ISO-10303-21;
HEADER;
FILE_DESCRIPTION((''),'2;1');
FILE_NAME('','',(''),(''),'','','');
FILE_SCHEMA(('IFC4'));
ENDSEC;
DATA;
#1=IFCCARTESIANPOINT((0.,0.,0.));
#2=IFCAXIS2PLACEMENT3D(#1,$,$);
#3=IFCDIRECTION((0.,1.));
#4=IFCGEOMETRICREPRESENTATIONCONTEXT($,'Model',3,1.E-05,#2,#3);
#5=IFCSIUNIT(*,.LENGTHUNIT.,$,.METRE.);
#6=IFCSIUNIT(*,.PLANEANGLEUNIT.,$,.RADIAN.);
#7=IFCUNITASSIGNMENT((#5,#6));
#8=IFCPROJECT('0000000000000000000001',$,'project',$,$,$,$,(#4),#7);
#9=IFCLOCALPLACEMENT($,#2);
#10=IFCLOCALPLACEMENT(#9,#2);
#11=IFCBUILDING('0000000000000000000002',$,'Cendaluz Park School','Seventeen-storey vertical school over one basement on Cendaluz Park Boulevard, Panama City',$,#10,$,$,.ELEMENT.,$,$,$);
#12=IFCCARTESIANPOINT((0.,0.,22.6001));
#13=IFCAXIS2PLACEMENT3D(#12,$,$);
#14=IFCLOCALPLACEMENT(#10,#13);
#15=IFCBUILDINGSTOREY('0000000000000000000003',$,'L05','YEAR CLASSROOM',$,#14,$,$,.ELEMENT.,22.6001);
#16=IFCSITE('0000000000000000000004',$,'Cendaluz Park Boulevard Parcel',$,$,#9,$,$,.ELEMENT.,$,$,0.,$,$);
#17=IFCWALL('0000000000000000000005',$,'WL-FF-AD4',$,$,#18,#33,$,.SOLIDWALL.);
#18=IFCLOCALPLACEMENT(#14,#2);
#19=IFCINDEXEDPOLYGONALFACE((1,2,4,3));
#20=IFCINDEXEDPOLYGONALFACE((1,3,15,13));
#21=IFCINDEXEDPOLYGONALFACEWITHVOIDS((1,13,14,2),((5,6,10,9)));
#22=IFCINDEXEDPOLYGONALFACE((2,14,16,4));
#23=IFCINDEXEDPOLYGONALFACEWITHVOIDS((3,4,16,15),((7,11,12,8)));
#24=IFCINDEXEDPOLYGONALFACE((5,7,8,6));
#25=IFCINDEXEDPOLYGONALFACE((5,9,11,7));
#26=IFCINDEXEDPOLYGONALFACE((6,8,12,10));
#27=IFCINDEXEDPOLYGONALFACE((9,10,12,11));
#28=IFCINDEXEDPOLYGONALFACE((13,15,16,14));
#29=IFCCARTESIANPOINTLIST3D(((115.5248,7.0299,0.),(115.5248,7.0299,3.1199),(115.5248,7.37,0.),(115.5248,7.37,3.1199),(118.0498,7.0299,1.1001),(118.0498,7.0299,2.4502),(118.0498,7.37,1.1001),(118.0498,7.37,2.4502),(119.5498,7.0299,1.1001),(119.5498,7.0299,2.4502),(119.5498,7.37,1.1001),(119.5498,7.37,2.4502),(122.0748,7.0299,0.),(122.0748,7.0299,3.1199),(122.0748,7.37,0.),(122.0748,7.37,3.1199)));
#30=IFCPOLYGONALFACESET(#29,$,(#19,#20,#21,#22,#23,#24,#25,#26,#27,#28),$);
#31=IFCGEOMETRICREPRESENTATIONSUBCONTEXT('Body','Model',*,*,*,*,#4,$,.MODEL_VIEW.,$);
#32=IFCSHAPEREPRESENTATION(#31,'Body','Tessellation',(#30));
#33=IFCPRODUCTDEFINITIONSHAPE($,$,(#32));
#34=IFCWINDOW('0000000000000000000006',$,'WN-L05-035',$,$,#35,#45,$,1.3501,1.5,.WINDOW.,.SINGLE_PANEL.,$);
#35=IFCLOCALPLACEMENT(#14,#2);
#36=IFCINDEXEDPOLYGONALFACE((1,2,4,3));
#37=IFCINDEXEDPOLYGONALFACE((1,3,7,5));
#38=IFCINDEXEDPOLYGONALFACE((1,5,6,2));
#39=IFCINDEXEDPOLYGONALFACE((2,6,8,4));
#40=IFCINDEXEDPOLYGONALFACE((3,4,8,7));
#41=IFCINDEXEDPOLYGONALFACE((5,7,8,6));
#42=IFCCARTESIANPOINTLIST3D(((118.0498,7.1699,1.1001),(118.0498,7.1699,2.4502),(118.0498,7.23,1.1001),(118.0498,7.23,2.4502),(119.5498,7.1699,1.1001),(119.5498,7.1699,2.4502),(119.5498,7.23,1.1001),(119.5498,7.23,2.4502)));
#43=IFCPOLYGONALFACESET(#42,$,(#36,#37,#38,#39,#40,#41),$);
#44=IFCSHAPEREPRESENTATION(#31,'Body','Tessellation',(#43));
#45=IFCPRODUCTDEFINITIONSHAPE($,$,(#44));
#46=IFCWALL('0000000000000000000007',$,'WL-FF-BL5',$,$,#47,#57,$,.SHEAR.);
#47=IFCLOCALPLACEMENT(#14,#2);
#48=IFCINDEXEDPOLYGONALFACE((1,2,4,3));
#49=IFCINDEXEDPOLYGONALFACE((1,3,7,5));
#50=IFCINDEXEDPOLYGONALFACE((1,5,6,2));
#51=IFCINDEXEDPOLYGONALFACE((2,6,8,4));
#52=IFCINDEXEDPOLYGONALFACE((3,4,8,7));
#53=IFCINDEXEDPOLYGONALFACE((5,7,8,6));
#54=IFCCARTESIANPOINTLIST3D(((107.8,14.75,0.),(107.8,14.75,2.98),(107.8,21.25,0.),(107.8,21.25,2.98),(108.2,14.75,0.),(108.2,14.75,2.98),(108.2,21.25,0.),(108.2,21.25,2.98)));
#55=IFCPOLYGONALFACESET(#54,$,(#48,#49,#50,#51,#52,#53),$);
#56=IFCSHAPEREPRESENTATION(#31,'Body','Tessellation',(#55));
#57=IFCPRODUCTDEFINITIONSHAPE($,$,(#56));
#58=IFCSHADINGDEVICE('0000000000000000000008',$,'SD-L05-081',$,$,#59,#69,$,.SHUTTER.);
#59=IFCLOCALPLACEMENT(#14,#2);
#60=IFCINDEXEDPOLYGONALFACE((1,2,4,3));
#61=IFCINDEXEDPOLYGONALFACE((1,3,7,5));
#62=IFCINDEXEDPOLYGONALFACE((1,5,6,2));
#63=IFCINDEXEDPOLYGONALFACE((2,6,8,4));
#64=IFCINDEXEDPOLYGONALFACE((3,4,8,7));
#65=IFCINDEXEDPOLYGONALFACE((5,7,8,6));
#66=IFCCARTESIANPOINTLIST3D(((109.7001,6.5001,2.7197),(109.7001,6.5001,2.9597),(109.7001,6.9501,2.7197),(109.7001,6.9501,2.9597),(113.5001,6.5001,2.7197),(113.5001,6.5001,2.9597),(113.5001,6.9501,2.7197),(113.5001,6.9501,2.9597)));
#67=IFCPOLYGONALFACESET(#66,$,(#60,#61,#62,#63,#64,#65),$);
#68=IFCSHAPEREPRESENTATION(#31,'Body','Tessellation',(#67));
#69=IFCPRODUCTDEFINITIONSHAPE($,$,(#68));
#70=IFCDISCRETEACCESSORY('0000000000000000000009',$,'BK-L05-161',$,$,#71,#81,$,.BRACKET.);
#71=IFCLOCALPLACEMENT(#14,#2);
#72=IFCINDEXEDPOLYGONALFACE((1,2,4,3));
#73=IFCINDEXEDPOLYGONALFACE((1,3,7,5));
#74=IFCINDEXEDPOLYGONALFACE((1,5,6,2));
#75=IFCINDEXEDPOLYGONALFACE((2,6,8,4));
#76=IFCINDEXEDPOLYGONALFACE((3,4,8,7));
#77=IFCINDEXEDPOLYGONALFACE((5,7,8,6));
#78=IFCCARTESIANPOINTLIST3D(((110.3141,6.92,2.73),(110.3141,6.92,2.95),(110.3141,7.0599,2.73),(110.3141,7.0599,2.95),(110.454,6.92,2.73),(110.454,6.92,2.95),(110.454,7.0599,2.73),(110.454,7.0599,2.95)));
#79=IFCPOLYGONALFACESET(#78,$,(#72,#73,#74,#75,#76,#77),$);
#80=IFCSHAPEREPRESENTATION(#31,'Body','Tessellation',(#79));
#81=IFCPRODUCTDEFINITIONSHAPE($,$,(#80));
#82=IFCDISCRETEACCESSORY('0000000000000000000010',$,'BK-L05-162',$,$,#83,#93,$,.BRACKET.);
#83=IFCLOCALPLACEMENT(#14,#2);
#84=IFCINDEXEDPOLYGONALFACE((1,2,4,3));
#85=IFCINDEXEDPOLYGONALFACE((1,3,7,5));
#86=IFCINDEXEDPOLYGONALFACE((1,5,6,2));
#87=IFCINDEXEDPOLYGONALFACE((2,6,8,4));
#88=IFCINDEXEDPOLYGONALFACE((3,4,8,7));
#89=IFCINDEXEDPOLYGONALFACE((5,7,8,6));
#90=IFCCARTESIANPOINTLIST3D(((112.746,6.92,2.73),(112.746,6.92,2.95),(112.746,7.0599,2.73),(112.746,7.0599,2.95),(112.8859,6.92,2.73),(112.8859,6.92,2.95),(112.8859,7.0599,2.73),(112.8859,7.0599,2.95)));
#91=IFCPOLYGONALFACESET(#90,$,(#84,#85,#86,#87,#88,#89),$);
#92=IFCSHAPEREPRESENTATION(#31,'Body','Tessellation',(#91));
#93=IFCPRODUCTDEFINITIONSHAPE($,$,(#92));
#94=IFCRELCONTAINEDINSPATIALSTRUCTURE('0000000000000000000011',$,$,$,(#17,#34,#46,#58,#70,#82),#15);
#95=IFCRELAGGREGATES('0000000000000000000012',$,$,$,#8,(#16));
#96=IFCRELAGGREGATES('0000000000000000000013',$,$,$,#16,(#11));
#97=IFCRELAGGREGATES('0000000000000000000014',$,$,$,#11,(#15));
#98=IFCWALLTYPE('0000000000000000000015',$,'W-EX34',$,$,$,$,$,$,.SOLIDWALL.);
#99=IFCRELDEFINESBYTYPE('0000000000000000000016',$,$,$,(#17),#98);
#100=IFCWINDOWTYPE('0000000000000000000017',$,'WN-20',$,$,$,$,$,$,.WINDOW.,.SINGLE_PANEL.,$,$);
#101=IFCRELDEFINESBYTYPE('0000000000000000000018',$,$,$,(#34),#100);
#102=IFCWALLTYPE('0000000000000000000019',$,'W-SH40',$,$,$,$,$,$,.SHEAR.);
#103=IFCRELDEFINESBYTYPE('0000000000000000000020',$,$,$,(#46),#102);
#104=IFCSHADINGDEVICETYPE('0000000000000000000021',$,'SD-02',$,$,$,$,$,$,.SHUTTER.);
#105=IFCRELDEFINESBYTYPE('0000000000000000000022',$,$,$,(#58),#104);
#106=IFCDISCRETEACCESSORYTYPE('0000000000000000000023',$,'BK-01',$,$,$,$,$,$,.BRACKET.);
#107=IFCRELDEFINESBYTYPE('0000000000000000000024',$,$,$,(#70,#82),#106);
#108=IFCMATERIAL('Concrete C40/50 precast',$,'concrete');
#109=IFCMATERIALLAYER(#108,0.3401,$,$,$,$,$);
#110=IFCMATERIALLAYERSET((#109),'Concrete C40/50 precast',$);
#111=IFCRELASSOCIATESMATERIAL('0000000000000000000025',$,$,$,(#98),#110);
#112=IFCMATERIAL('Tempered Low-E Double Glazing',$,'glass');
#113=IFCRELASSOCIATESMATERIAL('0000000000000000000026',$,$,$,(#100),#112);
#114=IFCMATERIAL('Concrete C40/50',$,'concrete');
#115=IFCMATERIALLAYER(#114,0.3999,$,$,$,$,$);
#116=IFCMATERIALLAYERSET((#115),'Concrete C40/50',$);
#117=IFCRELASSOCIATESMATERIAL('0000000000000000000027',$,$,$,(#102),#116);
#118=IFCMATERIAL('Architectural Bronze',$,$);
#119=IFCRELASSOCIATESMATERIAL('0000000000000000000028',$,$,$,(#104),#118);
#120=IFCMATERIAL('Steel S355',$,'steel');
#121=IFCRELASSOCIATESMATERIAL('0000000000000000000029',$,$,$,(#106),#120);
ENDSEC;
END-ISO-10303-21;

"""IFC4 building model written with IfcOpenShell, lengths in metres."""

from ifc_helpers import new_model, si_unit, direction, frame, frame_2d, origin, origin_2d, place, context, subcontext, project, spatial, rectangle, extrude, material, layer, layer_set, type_object, element, fill, save


model = new_model("IFC4")

# Units and contexts
model_context = context("Model", 3, precision=1e-05, world=origin(), true_north=direction((0.0, 1.0)))
body_context = subcontext(model_context, "Body", "Model", "MODEL_VIEW")
ifc_project = project(units=[si_unit("LENGTHUNIT", "METRE"), si_unit("PLANEANGLEUNIT", "RADIAN")], contexts=[model_context])

# Site, building, storey
site_placement = place(None, origin())
site = spatial("IfcSite", under=ifc_project, at=site_placement, Name="Cendaluz Park Boulevard Parcel", CompositionType="ELEMENT", RefElevation=0.0)
building_placement = place(site_placement, origin())
building = spatial("IfcBuilding", under=site, at=building_placement, Name="Cendaluz Park School", Description="Seventeen-storey vertical school over one basement on Cendaluz Park Boulevard, Panama City", CompositionType="ELEMENT")
storey_placement = place(building_placement, frame((0.0, 0.0, 22.6001)))
storey = spatial("IfcBuildingStorey", under=building, at=storey_placement, Name="L05", Description="YEAR CLASSROOM", CompositionType="ELEMENT", Elevation=22.6001)

# Shared definitions
ifc_material_1 = material(Name="Concrete C40/50", Category="concrete")

# Wall, opening, window
ifc_material_2 = material(Name="Concrete C40/50 precast", Category="concrete")
ifc_layer_1 = layer(ifc_material_2, 0.3401)
ifc_layer_set_1 = layer_set([ifc_layer_1], Name="Concrete C40/50 precast")
wall_type_1 = type_object("IfcWallType", Name="W-EX34", PredefinedType="SOLIDWALL", material=ifc_layer_set_1)
ifc_material_3 = material(Name="Tempered Low-E Double Glazing", Category="glass")
wall_1_placement = place(storey_placement, frame((115.5249, 7.2, 0.0), z_axis=(0.0, 0.0, 1.0), x_axis=(1.0, 0.0, 0.0)))
wall_1 = element("IfcWall", 1, at=wall_1_placement, inside=storey, type_object=wall_type_1, Name="WL-FF-AD4", PredefinedType="SOLIDWALL", context=body_context, shape_type="SweptSolid", body=[
    extrude(rectangle(XDim=6.55, YDim=0.3401, at=frame_2d((3.2749, 0.0))), origin(), (0.0, 0.0, 1.0), 3.1199),
])
opening_1_placement = place(wall_1_placement, frame((2.5249, 0.0, 1.1001)))
opening_1 = element("IfcOpeningElement", 2, at=opening_1_placement, cuts=wall_1, PredefinedType="OPENING", context=body_context, shape_type="SweptSolid", body=[
    extrude(rectangle(XDim=1.5, YDim=1.3501, at=frame_2d((0.75, 0.675))), frame((0.0, 0.1821, 0.0), z_axis=(0.0, -1.0, 0.0), x_axis=(1.0, 0.0, 0.0)), (0.0, 0.0, 1.0), 0.364),
])
window_type_1 = type_object("IfcWindowType", Name="WN-20", PartitioningType="SINGLE_PANEL", PredefinedType="WINDOW", material=ifc_material_3)
window_1_placement = place(opening_1_placement, origin())
window_1 = element("IfcWindow", 3, at=window_1_placement, inside=storey, type_object=window_type_1, Name="WN-L05-035", OverallHeight=1.3501, OverallWidth=1.5, PartitioningType="SINGLE_PANEL", PredefinedType="WINDOW", context=body_context, shape_type="SweptSolid", body=[
    extrude(rectangle(XDim=1.5, YDim=1.3501, at=frame_2d((0.75, 0.675))), frame((0.0, 0.03, 0.0), z_axis=(0.0, -1.0, 0.0), x_axis=(1.0, 0.0, 0.0)), (0.0, 0.0, 1.0), 0.0601),
])
fill(opening_1, window_1)

# Wall
ifc_layer_2 = layer(ifc_material_1, 0.3999)
ifc_layer_set_2 = layer_set([ifc_layer_2], Name="Concrete C40/50")
wall_type_2 = type_object("IfcWallType", Name="W-SH40", PredefinedType="SHEAR", material=ifc_layer_set_2)
wall_2_placement = place(storey_placement, frame((108.0, 14.75, 0.0), z_axis=(0.0, 0.0, 1.0), x_axis=(0.0, 1.0, 0.0)))
element("IfcWall", 4, at=wall_2_placement, inside=storey, type_object=wall_type_2, Name="WL-FF-BL5", PredefinedType="SHEAR", context=body_context, shape_type="SweptSolid", body=[
    extrude(rectangle(XDim=6.5, YDim=0.3999, at=frame_2d((3.25, 0.0))), origin(), (0.0, 0.0, 1.0), 2.98),
])

# Shading device
ifc_material_4 = material(Name="Architectural Bronze")
shading_device_type = type_object("IfcShadingDeviceType", Name="SD-02", PredefinedType="SHUTTER", material=ifc_material_4)
shading_device_placement = place(storey_placement, frame((111.6001, 6.7251, 2.7197), z_axis=(0.0, 0.0, 1.0), x_axis=(1.0, 0.0, 0.0)))
element("IfcShadingDevice", 5, at=shading_device_placement, inside=storey, type_object=shading_device_type, Name="SD-L05-081", PredefinedType="SHUTTER", context=body_context, shape_type="SweptSolid", body=[
    extrude(rectangle(XDim=3.8, YDim=0.45, at=origin_2d()), origin(), (0.0, 0.0, 1.0), 0.24),
])

# Discrete accessories
ifc_material_5 = material(Name="Steel S355", Category="steel")
discrete_accessory_type = type_object("IfcDiscreteAccessoryType", Name="BK-01", PredefinedType="BRACKET", material=ifc_material_5)
for number, where, z_axis, x_axis, name in (
    (6, (110.384, 6.99, 2.73), (0.0, 0.0, 1.0), (1.0, 0.0, 0.0), "BK-L05-161"),
    (7, (112.8159, 6.99, 2.73), (0.0, 0.0, 1.0), (1.0, 0.0, 0.0), "BK-L05-162"),
):
    element("IfcDiscreteAccessory", number, at=place(storey_placement, frame(where, z_axis=z_axis, x_axis=x_axis)), inside=storey, type_object=discrete_accessory_type, Name=name, PredefinedType="BRACKET", context=body_context, shape_type="SweptSolid", body=[
        extrude(rectangle(XDim=0.1399, YDim=0.1399, at=origin_2d()), origin(), (0.0, 0.0, 1.0), 0.22),
    ])

save(model, "model.ifc")
